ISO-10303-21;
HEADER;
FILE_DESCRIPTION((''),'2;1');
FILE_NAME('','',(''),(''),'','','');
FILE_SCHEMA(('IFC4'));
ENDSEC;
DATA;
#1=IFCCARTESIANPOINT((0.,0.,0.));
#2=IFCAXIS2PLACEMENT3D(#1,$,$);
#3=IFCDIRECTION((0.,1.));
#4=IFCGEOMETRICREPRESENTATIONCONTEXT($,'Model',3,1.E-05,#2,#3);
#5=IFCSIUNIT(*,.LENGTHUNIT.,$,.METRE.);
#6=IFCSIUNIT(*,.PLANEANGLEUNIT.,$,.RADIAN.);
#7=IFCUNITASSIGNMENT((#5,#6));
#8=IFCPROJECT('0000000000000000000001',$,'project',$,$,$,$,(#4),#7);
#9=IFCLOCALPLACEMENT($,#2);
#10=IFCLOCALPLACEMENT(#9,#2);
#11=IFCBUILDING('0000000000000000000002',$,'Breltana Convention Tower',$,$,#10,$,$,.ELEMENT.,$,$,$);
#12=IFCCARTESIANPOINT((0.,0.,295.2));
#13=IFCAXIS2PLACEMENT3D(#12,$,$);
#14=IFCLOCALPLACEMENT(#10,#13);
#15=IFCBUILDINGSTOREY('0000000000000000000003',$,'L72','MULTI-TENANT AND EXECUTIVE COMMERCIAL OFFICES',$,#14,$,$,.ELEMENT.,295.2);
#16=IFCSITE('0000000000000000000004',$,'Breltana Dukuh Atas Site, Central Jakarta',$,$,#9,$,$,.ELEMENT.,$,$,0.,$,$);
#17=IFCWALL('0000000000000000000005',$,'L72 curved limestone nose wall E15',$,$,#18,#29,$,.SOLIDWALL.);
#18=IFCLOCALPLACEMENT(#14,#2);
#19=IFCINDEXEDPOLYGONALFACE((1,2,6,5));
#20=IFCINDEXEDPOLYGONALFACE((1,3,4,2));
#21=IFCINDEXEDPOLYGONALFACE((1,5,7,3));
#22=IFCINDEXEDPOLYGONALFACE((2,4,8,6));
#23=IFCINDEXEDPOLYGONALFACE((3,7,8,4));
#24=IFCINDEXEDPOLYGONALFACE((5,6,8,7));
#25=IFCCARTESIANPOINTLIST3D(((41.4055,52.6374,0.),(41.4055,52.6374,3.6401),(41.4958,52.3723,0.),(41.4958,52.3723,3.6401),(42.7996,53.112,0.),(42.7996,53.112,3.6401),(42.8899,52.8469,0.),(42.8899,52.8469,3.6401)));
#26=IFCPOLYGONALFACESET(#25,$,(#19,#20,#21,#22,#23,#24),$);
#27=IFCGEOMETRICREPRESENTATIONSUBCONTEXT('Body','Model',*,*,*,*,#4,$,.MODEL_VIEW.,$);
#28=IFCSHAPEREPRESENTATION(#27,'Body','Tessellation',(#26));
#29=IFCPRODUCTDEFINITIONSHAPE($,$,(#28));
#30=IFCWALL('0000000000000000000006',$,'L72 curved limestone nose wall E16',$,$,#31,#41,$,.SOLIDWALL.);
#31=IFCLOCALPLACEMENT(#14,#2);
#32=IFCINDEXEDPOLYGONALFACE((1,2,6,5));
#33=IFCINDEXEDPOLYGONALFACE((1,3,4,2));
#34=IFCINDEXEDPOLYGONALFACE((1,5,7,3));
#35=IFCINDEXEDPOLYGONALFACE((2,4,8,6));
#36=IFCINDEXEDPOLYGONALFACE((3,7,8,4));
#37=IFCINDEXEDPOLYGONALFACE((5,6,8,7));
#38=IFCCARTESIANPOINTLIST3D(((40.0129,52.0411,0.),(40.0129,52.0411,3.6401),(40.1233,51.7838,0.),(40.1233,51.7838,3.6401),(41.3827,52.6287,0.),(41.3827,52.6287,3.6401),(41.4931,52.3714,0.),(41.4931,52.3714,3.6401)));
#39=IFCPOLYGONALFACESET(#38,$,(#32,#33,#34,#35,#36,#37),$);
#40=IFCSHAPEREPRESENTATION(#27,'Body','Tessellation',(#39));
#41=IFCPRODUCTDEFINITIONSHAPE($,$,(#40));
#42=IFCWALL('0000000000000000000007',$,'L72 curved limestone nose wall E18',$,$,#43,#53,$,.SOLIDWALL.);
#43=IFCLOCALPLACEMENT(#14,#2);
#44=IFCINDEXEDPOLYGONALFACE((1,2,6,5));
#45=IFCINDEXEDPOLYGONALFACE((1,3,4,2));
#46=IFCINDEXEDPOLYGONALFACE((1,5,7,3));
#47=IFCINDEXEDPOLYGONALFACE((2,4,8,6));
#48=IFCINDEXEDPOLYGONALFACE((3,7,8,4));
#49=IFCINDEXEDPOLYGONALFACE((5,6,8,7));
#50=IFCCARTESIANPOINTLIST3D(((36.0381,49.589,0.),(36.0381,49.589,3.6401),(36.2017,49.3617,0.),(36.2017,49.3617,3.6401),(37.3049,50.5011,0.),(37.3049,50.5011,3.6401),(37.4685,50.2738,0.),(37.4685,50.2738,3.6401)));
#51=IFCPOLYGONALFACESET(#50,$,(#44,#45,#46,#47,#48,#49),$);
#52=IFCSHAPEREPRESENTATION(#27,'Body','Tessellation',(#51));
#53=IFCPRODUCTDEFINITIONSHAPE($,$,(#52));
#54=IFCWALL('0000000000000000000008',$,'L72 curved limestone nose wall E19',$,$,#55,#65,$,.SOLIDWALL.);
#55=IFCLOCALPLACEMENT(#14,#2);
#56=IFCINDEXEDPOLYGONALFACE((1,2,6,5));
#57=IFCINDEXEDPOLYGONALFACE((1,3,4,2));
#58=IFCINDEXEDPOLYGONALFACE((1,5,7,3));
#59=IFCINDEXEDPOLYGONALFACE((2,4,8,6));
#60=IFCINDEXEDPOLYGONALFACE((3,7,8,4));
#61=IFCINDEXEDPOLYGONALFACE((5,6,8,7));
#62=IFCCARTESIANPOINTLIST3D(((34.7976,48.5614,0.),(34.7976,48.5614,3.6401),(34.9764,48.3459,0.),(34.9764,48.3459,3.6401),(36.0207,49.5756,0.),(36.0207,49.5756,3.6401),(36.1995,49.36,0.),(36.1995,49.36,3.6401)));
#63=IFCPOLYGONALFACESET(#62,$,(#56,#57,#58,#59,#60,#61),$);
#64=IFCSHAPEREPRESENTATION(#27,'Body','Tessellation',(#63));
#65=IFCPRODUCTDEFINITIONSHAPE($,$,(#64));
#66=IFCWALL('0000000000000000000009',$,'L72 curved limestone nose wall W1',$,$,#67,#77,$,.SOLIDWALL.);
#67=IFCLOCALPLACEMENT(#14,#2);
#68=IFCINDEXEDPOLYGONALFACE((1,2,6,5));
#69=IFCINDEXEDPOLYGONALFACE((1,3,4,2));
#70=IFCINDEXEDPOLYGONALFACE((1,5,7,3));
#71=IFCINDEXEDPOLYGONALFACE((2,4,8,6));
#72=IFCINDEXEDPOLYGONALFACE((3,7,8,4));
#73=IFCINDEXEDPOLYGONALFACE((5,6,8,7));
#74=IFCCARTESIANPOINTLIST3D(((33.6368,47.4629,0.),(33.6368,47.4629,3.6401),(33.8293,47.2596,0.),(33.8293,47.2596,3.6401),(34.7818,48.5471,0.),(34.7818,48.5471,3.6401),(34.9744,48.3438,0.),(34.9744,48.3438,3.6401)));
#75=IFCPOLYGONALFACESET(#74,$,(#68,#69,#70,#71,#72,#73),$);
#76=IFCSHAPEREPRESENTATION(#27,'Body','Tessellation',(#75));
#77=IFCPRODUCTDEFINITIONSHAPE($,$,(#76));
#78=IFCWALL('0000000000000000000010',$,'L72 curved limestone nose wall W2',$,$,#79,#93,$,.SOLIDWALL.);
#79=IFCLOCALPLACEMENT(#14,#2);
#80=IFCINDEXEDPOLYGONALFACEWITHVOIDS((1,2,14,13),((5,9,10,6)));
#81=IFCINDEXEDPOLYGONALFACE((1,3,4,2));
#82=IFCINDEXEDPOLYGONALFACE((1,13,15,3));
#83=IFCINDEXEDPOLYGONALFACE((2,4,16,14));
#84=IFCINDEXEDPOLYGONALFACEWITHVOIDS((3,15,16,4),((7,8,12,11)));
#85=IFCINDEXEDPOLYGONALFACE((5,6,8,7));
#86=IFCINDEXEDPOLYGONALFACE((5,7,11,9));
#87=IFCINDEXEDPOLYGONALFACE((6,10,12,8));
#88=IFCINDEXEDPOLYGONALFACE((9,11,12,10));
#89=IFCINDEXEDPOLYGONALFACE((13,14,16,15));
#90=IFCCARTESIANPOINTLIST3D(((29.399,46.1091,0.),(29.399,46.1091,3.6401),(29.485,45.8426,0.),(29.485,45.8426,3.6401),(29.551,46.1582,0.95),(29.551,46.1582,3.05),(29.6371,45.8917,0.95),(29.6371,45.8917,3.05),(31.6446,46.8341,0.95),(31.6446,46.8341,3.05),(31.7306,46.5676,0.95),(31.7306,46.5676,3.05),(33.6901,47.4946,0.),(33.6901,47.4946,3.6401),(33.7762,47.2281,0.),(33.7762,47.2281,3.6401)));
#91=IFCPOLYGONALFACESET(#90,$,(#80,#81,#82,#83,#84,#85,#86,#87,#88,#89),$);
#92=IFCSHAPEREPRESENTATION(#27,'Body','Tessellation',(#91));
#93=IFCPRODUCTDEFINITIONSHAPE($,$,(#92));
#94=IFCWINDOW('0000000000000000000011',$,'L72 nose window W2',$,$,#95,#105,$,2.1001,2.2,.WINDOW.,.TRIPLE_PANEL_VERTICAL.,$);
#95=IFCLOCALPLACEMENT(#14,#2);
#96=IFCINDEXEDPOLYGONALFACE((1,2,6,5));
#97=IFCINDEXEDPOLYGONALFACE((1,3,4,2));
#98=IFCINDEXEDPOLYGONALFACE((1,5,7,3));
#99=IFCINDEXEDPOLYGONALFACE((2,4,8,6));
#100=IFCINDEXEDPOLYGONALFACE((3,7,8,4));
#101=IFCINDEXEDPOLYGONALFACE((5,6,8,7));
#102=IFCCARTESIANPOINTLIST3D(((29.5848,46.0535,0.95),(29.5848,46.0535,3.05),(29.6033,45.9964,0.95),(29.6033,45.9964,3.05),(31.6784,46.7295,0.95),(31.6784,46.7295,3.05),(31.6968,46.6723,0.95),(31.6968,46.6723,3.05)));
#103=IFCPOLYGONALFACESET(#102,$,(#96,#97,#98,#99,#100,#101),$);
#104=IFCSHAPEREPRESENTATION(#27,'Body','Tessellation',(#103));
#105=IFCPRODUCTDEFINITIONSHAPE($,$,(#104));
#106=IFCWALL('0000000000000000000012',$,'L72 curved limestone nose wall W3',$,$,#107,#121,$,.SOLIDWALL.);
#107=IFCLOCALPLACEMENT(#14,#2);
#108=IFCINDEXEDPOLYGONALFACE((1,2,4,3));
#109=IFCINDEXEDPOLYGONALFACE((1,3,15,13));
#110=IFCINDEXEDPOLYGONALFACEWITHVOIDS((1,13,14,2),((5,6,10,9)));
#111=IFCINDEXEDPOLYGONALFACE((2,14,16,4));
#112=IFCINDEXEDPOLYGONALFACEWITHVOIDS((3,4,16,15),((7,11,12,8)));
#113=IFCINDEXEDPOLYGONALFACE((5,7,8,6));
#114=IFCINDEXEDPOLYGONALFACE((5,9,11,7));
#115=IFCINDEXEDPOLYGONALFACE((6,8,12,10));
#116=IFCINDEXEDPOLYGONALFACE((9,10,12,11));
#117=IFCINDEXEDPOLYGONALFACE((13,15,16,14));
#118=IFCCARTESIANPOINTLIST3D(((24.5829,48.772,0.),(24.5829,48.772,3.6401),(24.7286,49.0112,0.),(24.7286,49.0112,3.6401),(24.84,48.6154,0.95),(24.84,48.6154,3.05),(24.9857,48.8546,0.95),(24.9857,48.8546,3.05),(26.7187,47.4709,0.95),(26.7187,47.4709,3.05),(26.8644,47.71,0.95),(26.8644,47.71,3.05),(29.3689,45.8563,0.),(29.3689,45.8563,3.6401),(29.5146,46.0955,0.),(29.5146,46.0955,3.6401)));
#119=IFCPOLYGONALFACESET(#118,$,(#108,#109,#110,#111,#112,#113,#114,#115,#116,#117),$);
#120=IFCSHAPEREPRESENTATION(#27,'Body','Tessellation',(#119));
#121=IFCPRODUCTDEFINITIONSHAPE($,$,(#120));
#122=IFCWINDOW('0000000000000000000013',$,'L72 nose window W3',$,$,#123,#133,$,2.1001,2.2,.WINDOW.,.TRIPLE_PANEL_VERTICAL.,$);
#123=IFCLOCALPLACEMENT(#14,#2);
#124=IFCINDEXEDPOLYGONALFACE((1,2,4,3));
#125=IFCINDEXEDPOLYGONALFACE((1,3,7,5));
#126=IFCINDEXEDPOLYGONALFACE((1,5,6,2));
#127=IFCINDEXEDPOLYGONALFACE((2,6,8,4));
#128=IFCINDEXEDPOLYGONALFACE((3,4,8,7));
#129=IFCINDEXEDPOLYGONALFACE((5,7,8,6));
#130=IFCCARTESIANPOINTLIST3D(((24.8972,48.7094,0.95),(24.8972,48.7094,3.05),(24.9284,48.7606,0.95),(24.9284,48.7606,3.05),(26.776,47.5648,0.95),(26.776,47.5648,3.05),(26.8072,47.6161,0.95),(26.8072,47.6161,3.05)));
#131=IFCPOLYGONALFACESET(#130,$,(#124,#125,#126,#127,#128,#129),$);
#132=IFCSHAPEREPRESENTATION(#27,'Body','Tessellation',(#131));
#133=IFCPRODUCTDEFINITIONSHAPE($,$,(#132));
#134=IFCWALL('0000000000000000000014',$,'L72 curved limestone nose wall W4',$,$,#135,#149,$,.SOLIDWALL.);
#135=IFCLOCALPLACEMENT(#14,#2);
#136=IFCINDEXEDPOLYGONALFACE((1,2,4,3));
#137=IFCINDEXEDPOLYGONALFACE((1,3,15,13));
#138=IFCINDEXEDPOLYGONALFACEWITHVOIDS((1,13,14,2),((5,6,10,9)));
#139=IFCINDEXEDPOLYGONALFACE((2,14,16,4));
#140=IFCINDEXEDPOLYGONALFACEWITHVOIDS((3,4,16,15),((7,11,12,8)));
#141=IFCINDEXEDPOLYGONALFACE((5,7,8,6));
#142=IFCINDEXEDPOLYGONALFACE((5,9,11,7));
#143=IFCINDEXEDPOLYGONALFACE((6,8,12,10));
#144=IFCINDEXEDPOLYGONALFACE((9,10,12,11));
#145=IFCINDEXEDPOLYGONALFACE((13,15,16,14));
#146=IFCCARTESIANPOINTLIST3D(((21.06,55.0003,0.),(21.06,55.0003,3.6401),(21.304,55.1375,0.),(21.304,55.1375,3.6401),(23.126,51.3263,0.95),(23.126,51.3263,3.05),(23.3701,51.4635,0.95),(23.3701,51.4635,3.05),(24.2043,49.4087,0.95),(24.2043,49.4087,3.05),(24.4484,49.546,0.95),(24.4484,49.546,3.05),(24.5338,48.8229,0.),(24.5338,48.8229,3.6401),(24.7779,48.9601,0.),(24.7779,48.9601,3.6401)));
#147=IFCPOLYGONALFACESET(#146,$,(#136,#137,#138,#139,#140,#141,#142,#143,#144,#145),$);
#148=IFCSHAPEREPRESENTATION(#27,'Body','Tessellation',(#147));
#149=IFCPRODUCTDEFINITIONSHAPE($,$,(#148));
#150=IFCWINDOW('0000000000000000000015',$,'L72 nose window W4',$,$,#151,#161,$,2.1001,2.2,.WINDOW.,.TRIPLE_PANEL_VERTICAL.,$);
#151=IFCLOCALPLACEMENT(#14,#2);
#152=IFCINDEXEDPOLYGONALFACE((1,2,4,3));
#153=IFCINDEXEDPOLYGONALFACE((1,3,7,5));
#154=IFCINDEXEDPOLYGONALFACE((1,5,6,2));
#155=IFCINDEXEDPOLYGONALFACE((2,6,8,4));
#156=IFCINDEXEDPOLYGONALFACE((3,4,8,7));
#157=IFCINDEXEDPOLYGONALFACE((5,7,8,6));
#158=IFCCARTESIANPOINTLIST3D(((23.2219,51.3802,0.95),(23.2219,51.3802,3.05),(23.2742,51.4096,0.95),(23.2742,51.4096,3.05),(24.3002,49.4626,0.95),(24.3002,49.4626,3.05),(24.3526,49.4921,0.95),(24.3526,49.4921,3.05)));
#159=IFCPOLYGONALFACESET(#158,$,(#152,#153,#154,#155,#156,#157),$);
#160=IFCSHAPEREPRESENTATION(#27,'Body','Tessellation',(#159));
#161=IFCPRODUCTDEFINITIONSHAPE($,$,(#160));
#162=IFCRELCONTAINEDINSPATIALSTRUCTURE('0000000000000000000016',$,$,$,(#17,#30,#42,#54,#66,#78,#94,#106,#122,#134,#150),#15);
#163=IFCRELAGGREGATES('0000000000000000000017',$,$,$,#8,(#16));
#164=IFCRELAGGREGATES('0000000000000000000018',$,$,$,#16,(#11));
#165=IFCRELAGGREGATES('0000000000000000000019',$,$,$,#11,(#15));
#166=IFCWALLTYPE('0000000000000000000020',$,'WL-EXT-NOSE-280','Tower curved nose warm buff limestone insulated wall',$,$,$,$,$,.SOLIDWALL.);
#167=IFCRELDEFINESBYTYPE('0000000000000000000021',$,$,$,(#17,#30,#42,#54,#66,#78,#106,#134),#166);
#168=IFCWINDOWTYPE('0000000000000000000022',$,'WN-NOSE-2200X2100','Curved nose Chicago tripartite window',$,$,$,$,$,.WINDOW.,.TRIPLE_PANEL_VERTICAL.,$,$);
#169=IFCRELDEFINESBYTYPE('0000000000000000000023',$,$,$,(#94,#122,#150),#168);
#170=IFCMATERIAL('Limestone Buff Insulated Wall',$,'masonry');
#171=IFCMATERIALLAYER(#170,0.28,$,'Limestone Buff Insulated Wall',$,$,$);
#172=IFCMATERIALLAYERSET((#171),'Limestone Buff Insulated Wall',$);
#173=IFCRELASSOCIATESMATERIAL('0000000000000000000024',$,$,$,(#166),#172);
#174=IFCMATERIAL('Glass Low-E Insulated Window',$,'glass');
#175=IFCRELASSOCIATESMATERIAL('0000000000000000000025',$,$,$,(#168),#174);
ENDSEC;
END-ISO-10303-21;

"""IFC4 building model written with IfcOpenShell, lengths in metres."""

from ifc_helpers import new_model, si_unit, direction, frame, frame_2d, origin, place, context, subcontext, project, spatial, rectangle, extrude, source, transform, mapped, material, layer, layer_set, type_object, type_shapes, element, fill, save


model = new_model("IFC4")

# Units and contexts
model_context = context("Model", 3, precision=1e-05, world=origin(), true_north=direction((0.0, 1.0)))
body_context = subcontext(model_context, "Body", "Model", "MODEL_VIEW")
ifc_project = project(units=[si_unit("LENGTHUNIT", "METRE"), si_unit("PLANEANGLEUNIT", "RADIAN")], contexts=[model_context])

# Site, building, storey
site_placement = place(None, origin())
site = spatial("IfcSite", under=ifc_project, at=site_placement, Name="Breltana Dukuh Atas Site, Central Jakarta", CompositionType="ELEMENT", RefElevation=0.0)
building_placement = place(site_placement, origin())
building = spatial("IfcBuilding", under=site, at=building_placement, Name="Breltana Convention Tower", CompositionType="ELEMENT")
storey_placement = place(building_placement, frame((0.0, 0.0, 295.2)))
storey = spatial("IfcBuildingStorey", under=building, at=storey_placement, Name="L72", Description="MULTI-TENANT AND EXECUTIVE COMMERCIAL OFFICES", CompositionType="ELEMENT", Elevation=295.2)

# Walls
ifc_material_1 = material(Name="Limestone Buff Insulated Wall", Category="masonry")
ifc_layer_1 = layer(ifc_material_1, 0.28, Name="Limestone Buff Insulated Wall")
ifc_layer_set_1 = layer_set([ifc_layer_1], Name="Limestone Buff Insulated Wall")
wall_type_1 = type_object("IfcWallType", Name="WL-EXT-NOSE-280", Description="Tower curved nose warm buff limestone insulated wall", PredefinedType="SOLIDWALL", material=ifc_layer_set_1)
shared_shape_1 = source(origin(), body_context, "Body", "SweptSolid", [
    extrude(rectangle(XDim=1.4727, YDim=0.28, at=frame_2d((0.7363, 0.0))), origin(), (0.0, 0.0, 1.0), 3.6401),
])
wall_1_placement = place(storey_placement, frame((42.8447, 52.9795, 0.0), z_axis=(0.0, 0.0, 1.0), x_axis=(-0.946641, -0.322289, 0.0)))
element("IfcWall", 1, at=wall_1_placement, inside=storey, type_object=wall_type_1, Name="L72 curved limestone nose wall E15", PredefinedType="SOLIDWALL", context=body_context, shape_type="MappedRepresentation", body=[
    mapped(shared_shape_1, transform((0.0, 0.0, 0.0), scale=1.0)),
])
shared_shape_2 = source(origin(), body_context, "Body", "SweptSolid", [
    extrude(rectangle(XDim=1.4905, YDim=0.28, at=frame_2d((0.7451, 0.0))), origin(), (0.0, 0.0, 1.0), 3.6401),
])
wall_2_placement = place(storey_placement, frame((41.4377, 52.5, 0.0), z_axis=(0.0, 0.0, 1.0), x_axis=(-0.919009, -0.394236, 0.0)))
element("IfcWall", 2, at=wall_2_placement, inside=storey, type_object=wall_type_1, Name="L72 curved limestone nose wall E16", PredefinedType="SOLIDWALL", context=body_context, shape_type="MappedRepresentation", body=[
    mapped(shared_shape_2, transform((0.0, 0.0, 0.0), scale=1.0)),
])
shared_shape_3 = source(origin(), body_context, "Body", "SweptSolid", [
    extrude(rectangle(XDim=1.561, YDim=0.28, at=frame_2d((0.7805, 0.0))), origin(), (0.0, 0.0, 1.0), 3.6401),
])
wall_3_placement = place(storey_placement, frame((37.3867, 50.3875, 0.0), z_axis=(0.0, 0.0, 1.0), x_axis=(-0.81154, -0.584296, 0.0)))
element("IfcWall", 3, at=wall_3_placement, inside=storey, type_object=wall_type_1, Name="L72 curved limestone nose wall E18", PredefinedType="SOLIDWALL", context=body_context, shape_type="MappedRepresentation", body=[
    mapped(shared_shape_3, transform((0.0, 0.0, 0.0), scale=1.0)),
])
shared_shape_4 = source(origin(), body_context, "Body", "SweptSolid", [
    extrude(rectangle(XDim=1.5889, YDim=0.28, at=frame_2d((0.7944, 0.0))), origin(), (0.0, 0.0, 1.0), 3.6401),
])
wall_4_placement = place(storey_placement, frame((36.1101, 49.4678, 0.0), z_axis=(0.0, 0.0, 1.0), x_axis=(-0.769806, -0.638278, 0.0)))
element("IfcWall", 4, at=wall_4_placement, inside=storey, type_object=wall_type_1, Name="L72 curved limestone nose wall E19", PredefinedType="SOLIDWALL", context=body_context, shape_type="MappedRepresentation", body=[
    mapped(shared_shape_4, transform((0.0, 0.0, 0.0), scale=1.0)),
])
shared_shape_5 = source(origin(), body_context, "Body", "SweptSolid", [
    extrude(rectangle(XDim=1.5769, YDim=0.28, at=frame_2d((0.7886, 0.0))), origin(), (0.0, 0.0, 1.0), 3.6401),
])
wall_5_placement = place(storey_placement, frame((34.8782, 48.4456, 0.0), z_axis=(0.0, 0.0, 1.0), x_axis=(-0.726119, -0.687569, 0.0)))
element("IfcWall", 5, at=wall_5_placement, inside=storey, type_object=wall_type_1, Name="L72 curved limestone nose wall W1", PredefinedType="SOLIDWALL", context=body_context, shape_type="MappedRepresentation", body=[
    mapped(shared_shape_5, transform((0.0, 0.0, 0.0), scale=1.0)),
])

# Walls, openings, windows
shared_shape_6 = source(origin(), body_context, "Body", "SweptSolid", [
    extrude(rectangle(XDim=4.5093, YDim=0.28, at=frame_2d((2.2546, 0.0))), origin(), (0.0, 0.0, 1.0), 3.6401),
])
wall_6_placement = place(storey_placement, frame((33.7332, 47.3613, 0.0), z_axis=(0.0, 0.0, 1.0), x_axis=(-0.951629, -0.307248, 0.0)))
wall_6 = element("IfcWall", 6, at=wall_6_placement, inside=storey, type_object=wall_type_1, Name="L72 curved limestone nose wall W2", PredefinedType="SOLIDWALL", context=body_context, shape_type="MappedRepresentation", body=[
    mapped(shared_shape_6, transform((0.0, 0.0, 0.0), scale=1.0)),
])
opening_1_placement = place(wall_6_placement, frame((2.1494, 0.0, 0.95)))
opening_1 = element("IfcOpeningElement", 7, at=opening_1_placement, cuts=wall_6, PredefinedType="OPENING", context=body_context, shape_type="SweptSolid", body=[
    extrude(rectangle(XDim=2.2, YDim=2.1001, at=frame_2d((1.1001, 1.05))), frame((0.0, 0.1499, 0.0), z_axis=(0.0, -1.0, 0.0), x_axis=(1.0, 0.0, 0.0)), (0.0, 0.0, 1.0), 0.3),
])
ifc_material_2 = material(Name="Glass Low-E Insulated Window", Category="glass")
window_type = type_object("IfcWindowType", Name="WN-NOSE-2200X2100", Description="Curved nose Chicago tripartite window", PartitioningType="TRIPLE_PANEL_VERTICAL", PredefinedType="WINDOW", material=ifc_material_2)
shared_shape_7 = source(origin(), body_context, "Body", "SweptSolid", [
    extrude(rectangle(XDim=2.2, YDim=2.1001, at=frame_2d((1.1001, 1.05))), frame((0.0, 0.03, 0.0), z_axis=(0.0, -1.0, 0.0), x_axis=(1.0, 0.0, 0.0)), (0.0, 0.0, 1.0), 0.0601),
])
type_shapes(window_type, [shared_shape_7])
window_1_placement = place(opening_1_placement, origin())
window_1 = element("IfcWindow", 8, at=window_1_placement, inside=storey, type_object=window_type, Name="L72 nose window W2", OverallHeight=2.1001, OverallWidth=2.2, PartitioningType="TRIPLE_PANEL_VERTICAL", PredefinedType="WINDOW", context=body_context, shape_type="MappedRepresentation", body=[
    mapped(shared_shape_7, transform((0.0, 0.0, 0.0), scale=1.0)),
])
fill(opening_1, window_1)
shared_shape_8 = source(origin(), body_context, "Body", "SweptSolid", [
    extrude(rectangle(XDim=5.6042, YDim=0.28, at=frame_2d((2.8022, 0.0))), origin(), (0.0, 0.0, 1.0), 3.6401),
])
wall_7_placement = place(storey_placement, frame((29.4419, 45.9758, 0.0), z_axis=(0.0, 0.0, 1.0), x_axis=(-0.854002, 0.520269, 0.0)))
wall_7 = element("IfcWall", 9, at=wall_7_placement, inside=storey, type_object=wall_type_1, Name="L72 curved limestone nose wall W3", PredefinedType="SOLIDWALL", context=body_context, shape_type="MappedRepresentation", body=[
    mapped(shared_shape_8, transform((0.0, 0.0, 0.0), scale=1.0)),
])
opening_2_placement = place(wall_7_placement, frame((3.1033, 0.0, 0.95)))
opening_2 = element("IfcOpeningElement", 10, at=opening_2_placement, cuts=wall_7, PredefinedType="OPENING", context=body_context, shape_type="SweptSolid", body=[
    extrude(rectangle(XDim=2.2, YDim=2.1001, at=frame_2d((1.1001, 1.05))), frame((0.0, 0.1499, 0.0), z_axis=(0.0, -1.0, 0.0), x_axis=(1.0, 0.0, 0.0)), (0.0, 0.0, 1.0), 0.3),
])
window_2_placement = place(opening_2_placement, origin())
window_2 = element("IfcWindow", 11, at=window_2_placement, inside=storey, type_object=window_type, Name="L72 nose window W3", OverallHeight=2.1001, OverallWidth=2.2, PartitioningType="TRIPLE_PANEL_VERTICAL", PredefinedType="WINDOW", context=body_context, shape_type="MappedRepresentation", body=[
    mapped(shared_shape_7, transform((0.0, 0.0, 0.0), scale=1.0)),
])
fill(opening_2, window_2)
shared_shape_9 = source(origin(), body_context, "Body", "SweptSolid", [
    extrude(rectangle(XDim=7.0872, YDim=0.28, at=frame_2d((3.5435, 0.0))), origin(), (0.0, 0.0, 1.0), 3.6401),
])
wall_8_placement = place(storey_placement, frame((24.6558, 48.8916, 0.0), z_axis=(0.0, 0.0, 1.0), x_axis=(-0.490158, 0.871633, 0.0)))
wall_8 = element("IfcWall", 12, at=wall_8_placement, inside=storey, type_object=wall_type_1, Name="L72 curved limestone nose wall W4", PredefinedType="SOLIDWALL", context=body_context, shape_type="MappedRepresentation", body=[
    mapped(shared_shape_9, transform((0.0, 0.0, 0.0), scale=1.0)),
])
opening_3_placement = place(wall_8_placement, frame((0.6719, 0.0, 0.95)))
opening_3 = element("IfcOpeningElement", 13, at=opening_3_placement, cuts=wall_8, PredefinedType="OPENING", context=body_context, shape_type="SweptSolid", body=[
    extrude(rectangle(XDim=2.2, YDim=2.1001, at=frame_2d((1.1001, 1.05))), frame((0.0, 0.1499, 0.0), z_axis=(0.0, -1.0, 0.0), x_axis=(1.0, 0.0, 0.0)), (0.0, 0.0, 1.0), 0.3),
])
window_3_placement = place(opening_3_placement, origin())
window_3 = element("IfcWindow", 14, at=window_3_placement, inside=storey, type_object=window_type, Name="L72 nose window W4", OverallHeight=2.1001, OverallWidth=2.2, PartitioningType="TRIPLE_PANEL_VERTICAL", PredefinedType="WINDOW", context=body_context, shape_type="MappedRepresentation", body=[
    mapped(shared_shape_7, transform((0.0, 0.0, 0.0), scale=1.0)),
])
fill(opening_3, window_3)

save(model, "model.ifc")
